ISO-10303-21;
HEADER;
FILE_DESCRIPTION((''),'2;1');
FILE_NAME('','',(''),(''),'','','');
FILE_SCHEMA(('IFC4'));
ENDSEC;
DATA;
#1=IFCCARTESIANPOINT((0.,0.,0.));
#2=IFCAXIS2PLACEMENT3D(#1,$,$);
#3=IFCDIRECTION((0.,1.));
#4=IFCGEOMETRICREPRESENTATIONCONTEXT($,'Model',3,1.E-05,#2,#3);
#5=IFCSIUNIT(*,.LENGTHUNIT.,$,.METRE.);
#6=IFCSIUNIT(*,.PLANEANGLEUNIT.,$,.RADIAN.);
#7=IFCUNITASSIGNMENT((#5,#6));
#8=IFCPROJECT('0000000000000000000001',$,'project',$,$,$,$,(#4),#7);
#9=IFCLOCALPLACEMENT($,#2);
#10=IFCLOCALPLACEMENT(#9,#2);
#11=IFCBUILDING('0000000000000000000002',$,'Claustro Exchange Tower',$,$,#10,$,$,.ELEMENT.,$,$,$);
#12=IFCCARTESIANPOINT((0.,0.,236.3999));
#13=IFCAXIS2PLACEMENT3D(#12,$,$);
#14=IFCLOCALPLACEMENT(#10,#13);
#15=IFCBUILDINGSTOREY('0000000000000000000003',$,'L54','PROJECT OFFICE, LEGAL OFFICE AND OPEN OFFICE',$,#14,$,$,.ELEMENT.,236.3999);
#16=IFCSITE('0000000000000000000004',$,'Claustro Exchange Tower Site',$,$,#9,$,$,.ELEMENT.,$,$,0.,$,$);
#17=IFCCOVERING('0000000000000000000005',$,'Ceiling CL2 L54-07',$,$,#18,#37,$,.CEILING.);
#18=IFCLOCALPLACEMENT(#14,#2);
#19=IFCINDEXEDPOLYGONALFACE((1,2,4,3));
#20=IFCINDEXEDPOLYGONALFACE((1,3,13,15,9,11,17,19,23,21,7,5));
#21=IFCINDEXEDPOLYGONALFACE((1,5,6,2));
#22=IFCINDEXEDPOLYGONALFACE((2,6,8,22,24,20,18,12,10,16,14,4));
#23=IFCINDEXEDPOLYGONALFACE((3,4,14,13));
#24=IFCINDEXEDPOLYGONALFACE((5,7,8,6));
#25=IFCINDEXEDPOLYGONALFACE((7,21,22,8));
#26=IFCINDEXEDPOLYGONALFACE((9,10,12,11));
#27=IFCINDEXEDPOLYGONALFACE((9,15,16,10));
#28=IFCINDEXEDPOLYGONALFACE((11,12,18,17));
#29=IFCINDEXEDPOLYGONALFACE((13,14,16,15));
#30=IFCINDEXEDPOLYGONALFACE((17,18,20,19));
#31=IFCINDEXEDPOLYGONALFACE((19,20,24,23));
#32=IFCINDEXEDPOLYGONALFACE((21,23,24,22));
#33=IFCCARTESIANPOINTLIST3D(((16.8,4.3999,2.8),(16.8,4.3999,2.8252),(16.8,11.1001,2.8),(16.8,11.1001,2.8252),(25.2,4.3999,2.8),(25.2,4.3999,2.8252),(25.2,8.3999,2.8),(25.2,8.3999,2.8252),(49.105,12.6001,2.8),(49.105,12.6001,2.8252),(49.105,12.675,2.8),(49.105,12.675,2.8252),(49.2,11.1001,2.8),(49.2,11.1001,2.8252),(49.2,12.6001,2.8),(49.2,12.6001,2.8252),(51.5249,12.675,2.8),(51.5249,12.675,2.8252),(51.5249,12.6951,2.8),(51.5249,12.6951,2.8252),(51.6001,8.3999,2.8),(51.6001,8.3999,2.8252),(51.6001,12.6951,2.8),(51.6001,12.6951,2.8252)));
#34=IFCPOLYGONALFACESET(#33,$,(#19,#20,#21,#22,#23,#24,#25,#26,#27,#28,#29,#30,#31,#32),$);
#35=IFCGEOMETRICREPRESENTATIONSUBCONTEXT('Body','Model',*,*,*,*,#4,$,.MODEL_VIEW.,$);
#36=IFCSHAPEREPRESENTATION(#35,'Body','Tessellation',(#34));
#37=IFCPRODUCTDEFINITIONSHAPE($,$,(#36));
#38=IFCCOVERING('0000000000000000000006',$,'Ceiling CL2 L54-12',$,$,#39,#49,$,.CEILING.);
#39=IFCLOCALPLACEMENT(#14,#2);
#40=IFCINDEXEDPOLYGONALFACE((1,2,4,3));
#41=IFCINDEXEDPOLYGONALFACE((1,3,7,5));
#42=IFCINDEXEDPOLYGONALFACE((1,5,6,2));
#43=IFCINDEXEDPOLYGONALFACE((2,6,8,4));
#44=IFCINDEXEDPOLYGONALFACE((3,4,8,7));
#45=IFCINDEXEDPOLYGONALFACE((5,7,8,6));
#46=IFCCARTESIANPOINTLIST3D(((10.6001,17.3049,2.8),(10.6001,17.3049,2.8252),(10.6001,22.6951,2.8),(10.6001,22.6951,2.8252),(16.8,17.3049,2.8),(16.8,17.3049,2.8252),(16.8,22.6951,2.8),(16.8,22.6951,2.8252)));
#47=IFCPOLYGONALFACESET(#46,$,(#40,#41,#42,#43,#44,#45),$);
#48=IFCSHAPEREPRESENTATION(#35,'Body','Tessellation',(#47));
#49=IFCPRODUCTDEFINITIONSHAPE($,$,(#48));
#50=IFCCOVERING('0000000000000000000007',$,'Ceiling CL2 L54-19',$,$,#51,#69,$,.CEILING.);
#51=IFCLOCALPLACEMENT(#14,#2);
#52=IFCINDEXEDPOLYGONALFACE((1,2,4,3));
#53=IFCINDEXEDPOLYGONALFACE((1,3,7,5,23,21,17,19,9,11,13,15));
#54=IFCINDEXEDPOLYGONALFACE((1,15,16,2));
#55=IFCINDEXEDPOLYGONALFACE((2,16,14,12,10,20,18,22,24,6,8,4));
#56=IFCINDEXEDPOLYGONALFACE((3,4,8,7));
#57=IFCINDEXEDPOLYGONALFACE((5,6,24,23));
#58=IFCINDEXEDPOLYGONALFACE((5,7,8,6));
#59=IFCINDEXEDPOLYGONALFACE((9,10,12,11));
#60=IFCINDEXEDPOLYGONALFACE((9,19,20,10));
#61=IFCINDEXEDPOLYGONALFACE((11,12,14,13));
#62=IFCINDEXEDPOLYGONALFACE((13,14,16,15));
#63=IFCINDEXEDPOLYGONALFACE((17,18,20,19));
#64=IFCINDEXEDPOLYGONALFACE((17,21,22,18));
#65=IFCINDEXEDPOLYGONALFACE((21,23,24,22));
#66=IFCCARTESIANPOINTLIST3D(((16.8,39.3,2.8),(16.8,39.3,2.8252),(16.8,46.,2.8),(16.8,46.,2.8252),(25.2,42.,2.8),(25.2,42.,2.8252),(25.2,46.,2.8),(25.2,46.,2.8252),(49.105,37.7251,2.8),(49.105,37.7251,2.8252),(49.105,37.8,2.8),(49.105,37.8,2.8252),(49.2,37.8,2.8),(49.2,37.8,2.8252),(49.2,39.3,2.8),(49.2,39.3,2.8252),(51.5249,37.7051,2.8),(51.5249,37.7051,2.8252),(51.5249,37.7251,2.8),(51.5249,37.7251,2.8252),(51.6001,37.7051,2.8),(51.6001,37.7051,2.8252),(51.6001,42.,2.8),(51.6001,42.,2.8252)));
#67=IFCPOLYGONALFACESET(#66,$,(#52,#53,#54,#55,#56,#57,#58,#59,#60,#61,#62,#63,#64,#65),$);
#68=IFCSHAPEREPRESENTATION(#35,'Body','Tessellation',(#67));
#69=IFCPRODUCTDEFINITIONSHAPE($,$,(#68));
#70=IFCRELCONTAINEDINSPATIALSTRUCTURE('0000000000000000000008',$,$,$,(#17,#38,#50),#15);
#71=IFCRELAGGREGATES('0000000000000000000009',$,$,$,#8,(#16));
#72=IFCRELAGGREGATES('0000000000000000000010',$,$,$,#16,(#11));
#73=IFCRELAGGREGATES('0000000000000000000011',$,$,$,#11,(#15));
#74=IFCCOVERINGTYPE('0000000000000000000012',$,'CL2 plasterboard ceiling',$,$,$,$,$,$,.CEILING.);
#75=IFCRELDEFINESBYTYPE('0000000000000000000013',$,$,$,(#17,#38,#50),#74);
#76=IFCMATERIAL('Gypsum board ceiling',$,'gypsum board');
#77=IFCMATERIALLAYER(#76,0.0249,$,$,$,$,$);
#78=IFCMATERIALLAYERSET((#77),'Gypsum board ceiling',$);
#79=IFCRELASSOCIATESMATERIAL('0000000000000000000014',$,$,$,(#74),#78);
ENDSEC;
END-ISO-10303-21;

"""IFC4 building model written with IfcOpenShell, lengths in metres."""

from ifc_helpers import new_model, si_unit, direction, frame, origin, place, context, subcontext, project, spatial, polyline, outline, extrude, material, layer, layer_set, type_object, element, save


model = new_model("IFC4")

# Units and contexts
model_context = context("Model", 3, precision=1e-05, world=origin(), true_north=direction((0.0, 1.0)))
body_context = subcontext(model_context, "Body", "Model", "MODEL_VIEW")
ifc_project = project(units=[si_unit("LENGTHUNIT", "METRE"), si_unit("PLANEANGLEUNIT", "RADIAN")], contexts=[model_context])

# Site, building, storey
site_placement = place(None, origin())
site = spatial("IfcSite", under=ifc_project, at=site_placement, Name="Claustro Exchange Tower Site", CompositionType="ELEMENT", RefElevation=0.0)
building_placement = place(site_placement, origin())
building = spatial("IfcBuilding", under=site, at=building_placement, Name="Claustro Exchange Tower", CompositionType="ELEMENT")
storey_placement = place(building_placement, frame((0.0, 0.0, 236.3999)))
storey = spatial("IfcBuildingStorey", under=building, at=storey_placement, Name="L54", Description="PROJECT OFFICE, LEGAL OFFICE AND OPEN OFFICE", CompositionType="ELEMENT", Elevation=236.3999)

# Coverings
ifc_material_1 = material(Name="Gypsum board ceiling", Category="gypsum board")
ifc_layer_1 = layer(ifc_material_1, 0.0249)
ifc_layer_set_1 = layer_set([ifc_layer_1], Name="Gypsum board ceiling")
covering_type_1 = type_object("IfcCoveringType", Name="CL2 plasterboard ceiling", PredefinedType="CEILING", material=ifc_layer_set_1)
covering_1_placement = place(storey_placement, frame((0.0, 0.0, 2.8)))
element("IfcCovering", 1, at=covering_1_placement, inside=storey, type_object=covering_type_1, Name="Ceiling CL2 L54-07", PredefinedType="CEILING", context=body_context, shape_type="SweptSolid", body=[
    extrude(outline(polyline([(51.6001, 8.3999), (51.6001, 12.6951), (51.5249, 12.6951), (51.5249, 12.675), (49.105, 12.675), (49.105, 12.6001), (49.2, 12.6001), (49.2, 11.1001), (16.8, 11.1001), (16.8, 4.3999), (25.2, 4.3999), (25.2, 8.3999), (51.6001, 8.3999)])), origin(), (0.0, 0.0, 1.0), 0.0251),
])
covering_2_placement = place(storey_placement, frame((0.0, 0.0, 2.8)))
element("IfcCovering", 2, at=covering_2_placement, inside=storey, type_object=covering_type_1, Name="Ceiling CL2 L54-12", PredefinedType="CEILING", context=body_context, shape_type="SweptSolid", body=[
    extrude(outline(polyline([(10.6001, 22.6951), (10.6001, 17.3049), (16.8, 17.3049), (16.8, 22.6951), (10.6001, 22.6951)])), origin(), (0.0, 0.0, 1.0), 0.0251),
])
covering_3_placement = place(storey_placement, frame((0.0, 0.0, 2.8)))
element("IfcCovering", 3, at=covering_3_placement, inside=storey, type_object=covering_type_1, Name="Ceiling CL2 L54-19", PredefinedType="CEILING", context=body_context, shape_type="SweptSolid", body=[
    extrude(outline(polyline([(51.5249, 37.7251), (51.5249, 37.7051), (51.6001, 37.7051), (51.6001, 42.0), (25.2, 42.0), (25.2, 46.0), (16.8, 46.0), (16.8, 39.3), (49.2, 39.3), (49.2, 37.8), (49.105, 37.8), (49.105, 37.7251), (51.5249, 37.7251)])), origin(), (0.0, 0.0, 1.0), 0.0251),
])

save(model, "model.ifc")
